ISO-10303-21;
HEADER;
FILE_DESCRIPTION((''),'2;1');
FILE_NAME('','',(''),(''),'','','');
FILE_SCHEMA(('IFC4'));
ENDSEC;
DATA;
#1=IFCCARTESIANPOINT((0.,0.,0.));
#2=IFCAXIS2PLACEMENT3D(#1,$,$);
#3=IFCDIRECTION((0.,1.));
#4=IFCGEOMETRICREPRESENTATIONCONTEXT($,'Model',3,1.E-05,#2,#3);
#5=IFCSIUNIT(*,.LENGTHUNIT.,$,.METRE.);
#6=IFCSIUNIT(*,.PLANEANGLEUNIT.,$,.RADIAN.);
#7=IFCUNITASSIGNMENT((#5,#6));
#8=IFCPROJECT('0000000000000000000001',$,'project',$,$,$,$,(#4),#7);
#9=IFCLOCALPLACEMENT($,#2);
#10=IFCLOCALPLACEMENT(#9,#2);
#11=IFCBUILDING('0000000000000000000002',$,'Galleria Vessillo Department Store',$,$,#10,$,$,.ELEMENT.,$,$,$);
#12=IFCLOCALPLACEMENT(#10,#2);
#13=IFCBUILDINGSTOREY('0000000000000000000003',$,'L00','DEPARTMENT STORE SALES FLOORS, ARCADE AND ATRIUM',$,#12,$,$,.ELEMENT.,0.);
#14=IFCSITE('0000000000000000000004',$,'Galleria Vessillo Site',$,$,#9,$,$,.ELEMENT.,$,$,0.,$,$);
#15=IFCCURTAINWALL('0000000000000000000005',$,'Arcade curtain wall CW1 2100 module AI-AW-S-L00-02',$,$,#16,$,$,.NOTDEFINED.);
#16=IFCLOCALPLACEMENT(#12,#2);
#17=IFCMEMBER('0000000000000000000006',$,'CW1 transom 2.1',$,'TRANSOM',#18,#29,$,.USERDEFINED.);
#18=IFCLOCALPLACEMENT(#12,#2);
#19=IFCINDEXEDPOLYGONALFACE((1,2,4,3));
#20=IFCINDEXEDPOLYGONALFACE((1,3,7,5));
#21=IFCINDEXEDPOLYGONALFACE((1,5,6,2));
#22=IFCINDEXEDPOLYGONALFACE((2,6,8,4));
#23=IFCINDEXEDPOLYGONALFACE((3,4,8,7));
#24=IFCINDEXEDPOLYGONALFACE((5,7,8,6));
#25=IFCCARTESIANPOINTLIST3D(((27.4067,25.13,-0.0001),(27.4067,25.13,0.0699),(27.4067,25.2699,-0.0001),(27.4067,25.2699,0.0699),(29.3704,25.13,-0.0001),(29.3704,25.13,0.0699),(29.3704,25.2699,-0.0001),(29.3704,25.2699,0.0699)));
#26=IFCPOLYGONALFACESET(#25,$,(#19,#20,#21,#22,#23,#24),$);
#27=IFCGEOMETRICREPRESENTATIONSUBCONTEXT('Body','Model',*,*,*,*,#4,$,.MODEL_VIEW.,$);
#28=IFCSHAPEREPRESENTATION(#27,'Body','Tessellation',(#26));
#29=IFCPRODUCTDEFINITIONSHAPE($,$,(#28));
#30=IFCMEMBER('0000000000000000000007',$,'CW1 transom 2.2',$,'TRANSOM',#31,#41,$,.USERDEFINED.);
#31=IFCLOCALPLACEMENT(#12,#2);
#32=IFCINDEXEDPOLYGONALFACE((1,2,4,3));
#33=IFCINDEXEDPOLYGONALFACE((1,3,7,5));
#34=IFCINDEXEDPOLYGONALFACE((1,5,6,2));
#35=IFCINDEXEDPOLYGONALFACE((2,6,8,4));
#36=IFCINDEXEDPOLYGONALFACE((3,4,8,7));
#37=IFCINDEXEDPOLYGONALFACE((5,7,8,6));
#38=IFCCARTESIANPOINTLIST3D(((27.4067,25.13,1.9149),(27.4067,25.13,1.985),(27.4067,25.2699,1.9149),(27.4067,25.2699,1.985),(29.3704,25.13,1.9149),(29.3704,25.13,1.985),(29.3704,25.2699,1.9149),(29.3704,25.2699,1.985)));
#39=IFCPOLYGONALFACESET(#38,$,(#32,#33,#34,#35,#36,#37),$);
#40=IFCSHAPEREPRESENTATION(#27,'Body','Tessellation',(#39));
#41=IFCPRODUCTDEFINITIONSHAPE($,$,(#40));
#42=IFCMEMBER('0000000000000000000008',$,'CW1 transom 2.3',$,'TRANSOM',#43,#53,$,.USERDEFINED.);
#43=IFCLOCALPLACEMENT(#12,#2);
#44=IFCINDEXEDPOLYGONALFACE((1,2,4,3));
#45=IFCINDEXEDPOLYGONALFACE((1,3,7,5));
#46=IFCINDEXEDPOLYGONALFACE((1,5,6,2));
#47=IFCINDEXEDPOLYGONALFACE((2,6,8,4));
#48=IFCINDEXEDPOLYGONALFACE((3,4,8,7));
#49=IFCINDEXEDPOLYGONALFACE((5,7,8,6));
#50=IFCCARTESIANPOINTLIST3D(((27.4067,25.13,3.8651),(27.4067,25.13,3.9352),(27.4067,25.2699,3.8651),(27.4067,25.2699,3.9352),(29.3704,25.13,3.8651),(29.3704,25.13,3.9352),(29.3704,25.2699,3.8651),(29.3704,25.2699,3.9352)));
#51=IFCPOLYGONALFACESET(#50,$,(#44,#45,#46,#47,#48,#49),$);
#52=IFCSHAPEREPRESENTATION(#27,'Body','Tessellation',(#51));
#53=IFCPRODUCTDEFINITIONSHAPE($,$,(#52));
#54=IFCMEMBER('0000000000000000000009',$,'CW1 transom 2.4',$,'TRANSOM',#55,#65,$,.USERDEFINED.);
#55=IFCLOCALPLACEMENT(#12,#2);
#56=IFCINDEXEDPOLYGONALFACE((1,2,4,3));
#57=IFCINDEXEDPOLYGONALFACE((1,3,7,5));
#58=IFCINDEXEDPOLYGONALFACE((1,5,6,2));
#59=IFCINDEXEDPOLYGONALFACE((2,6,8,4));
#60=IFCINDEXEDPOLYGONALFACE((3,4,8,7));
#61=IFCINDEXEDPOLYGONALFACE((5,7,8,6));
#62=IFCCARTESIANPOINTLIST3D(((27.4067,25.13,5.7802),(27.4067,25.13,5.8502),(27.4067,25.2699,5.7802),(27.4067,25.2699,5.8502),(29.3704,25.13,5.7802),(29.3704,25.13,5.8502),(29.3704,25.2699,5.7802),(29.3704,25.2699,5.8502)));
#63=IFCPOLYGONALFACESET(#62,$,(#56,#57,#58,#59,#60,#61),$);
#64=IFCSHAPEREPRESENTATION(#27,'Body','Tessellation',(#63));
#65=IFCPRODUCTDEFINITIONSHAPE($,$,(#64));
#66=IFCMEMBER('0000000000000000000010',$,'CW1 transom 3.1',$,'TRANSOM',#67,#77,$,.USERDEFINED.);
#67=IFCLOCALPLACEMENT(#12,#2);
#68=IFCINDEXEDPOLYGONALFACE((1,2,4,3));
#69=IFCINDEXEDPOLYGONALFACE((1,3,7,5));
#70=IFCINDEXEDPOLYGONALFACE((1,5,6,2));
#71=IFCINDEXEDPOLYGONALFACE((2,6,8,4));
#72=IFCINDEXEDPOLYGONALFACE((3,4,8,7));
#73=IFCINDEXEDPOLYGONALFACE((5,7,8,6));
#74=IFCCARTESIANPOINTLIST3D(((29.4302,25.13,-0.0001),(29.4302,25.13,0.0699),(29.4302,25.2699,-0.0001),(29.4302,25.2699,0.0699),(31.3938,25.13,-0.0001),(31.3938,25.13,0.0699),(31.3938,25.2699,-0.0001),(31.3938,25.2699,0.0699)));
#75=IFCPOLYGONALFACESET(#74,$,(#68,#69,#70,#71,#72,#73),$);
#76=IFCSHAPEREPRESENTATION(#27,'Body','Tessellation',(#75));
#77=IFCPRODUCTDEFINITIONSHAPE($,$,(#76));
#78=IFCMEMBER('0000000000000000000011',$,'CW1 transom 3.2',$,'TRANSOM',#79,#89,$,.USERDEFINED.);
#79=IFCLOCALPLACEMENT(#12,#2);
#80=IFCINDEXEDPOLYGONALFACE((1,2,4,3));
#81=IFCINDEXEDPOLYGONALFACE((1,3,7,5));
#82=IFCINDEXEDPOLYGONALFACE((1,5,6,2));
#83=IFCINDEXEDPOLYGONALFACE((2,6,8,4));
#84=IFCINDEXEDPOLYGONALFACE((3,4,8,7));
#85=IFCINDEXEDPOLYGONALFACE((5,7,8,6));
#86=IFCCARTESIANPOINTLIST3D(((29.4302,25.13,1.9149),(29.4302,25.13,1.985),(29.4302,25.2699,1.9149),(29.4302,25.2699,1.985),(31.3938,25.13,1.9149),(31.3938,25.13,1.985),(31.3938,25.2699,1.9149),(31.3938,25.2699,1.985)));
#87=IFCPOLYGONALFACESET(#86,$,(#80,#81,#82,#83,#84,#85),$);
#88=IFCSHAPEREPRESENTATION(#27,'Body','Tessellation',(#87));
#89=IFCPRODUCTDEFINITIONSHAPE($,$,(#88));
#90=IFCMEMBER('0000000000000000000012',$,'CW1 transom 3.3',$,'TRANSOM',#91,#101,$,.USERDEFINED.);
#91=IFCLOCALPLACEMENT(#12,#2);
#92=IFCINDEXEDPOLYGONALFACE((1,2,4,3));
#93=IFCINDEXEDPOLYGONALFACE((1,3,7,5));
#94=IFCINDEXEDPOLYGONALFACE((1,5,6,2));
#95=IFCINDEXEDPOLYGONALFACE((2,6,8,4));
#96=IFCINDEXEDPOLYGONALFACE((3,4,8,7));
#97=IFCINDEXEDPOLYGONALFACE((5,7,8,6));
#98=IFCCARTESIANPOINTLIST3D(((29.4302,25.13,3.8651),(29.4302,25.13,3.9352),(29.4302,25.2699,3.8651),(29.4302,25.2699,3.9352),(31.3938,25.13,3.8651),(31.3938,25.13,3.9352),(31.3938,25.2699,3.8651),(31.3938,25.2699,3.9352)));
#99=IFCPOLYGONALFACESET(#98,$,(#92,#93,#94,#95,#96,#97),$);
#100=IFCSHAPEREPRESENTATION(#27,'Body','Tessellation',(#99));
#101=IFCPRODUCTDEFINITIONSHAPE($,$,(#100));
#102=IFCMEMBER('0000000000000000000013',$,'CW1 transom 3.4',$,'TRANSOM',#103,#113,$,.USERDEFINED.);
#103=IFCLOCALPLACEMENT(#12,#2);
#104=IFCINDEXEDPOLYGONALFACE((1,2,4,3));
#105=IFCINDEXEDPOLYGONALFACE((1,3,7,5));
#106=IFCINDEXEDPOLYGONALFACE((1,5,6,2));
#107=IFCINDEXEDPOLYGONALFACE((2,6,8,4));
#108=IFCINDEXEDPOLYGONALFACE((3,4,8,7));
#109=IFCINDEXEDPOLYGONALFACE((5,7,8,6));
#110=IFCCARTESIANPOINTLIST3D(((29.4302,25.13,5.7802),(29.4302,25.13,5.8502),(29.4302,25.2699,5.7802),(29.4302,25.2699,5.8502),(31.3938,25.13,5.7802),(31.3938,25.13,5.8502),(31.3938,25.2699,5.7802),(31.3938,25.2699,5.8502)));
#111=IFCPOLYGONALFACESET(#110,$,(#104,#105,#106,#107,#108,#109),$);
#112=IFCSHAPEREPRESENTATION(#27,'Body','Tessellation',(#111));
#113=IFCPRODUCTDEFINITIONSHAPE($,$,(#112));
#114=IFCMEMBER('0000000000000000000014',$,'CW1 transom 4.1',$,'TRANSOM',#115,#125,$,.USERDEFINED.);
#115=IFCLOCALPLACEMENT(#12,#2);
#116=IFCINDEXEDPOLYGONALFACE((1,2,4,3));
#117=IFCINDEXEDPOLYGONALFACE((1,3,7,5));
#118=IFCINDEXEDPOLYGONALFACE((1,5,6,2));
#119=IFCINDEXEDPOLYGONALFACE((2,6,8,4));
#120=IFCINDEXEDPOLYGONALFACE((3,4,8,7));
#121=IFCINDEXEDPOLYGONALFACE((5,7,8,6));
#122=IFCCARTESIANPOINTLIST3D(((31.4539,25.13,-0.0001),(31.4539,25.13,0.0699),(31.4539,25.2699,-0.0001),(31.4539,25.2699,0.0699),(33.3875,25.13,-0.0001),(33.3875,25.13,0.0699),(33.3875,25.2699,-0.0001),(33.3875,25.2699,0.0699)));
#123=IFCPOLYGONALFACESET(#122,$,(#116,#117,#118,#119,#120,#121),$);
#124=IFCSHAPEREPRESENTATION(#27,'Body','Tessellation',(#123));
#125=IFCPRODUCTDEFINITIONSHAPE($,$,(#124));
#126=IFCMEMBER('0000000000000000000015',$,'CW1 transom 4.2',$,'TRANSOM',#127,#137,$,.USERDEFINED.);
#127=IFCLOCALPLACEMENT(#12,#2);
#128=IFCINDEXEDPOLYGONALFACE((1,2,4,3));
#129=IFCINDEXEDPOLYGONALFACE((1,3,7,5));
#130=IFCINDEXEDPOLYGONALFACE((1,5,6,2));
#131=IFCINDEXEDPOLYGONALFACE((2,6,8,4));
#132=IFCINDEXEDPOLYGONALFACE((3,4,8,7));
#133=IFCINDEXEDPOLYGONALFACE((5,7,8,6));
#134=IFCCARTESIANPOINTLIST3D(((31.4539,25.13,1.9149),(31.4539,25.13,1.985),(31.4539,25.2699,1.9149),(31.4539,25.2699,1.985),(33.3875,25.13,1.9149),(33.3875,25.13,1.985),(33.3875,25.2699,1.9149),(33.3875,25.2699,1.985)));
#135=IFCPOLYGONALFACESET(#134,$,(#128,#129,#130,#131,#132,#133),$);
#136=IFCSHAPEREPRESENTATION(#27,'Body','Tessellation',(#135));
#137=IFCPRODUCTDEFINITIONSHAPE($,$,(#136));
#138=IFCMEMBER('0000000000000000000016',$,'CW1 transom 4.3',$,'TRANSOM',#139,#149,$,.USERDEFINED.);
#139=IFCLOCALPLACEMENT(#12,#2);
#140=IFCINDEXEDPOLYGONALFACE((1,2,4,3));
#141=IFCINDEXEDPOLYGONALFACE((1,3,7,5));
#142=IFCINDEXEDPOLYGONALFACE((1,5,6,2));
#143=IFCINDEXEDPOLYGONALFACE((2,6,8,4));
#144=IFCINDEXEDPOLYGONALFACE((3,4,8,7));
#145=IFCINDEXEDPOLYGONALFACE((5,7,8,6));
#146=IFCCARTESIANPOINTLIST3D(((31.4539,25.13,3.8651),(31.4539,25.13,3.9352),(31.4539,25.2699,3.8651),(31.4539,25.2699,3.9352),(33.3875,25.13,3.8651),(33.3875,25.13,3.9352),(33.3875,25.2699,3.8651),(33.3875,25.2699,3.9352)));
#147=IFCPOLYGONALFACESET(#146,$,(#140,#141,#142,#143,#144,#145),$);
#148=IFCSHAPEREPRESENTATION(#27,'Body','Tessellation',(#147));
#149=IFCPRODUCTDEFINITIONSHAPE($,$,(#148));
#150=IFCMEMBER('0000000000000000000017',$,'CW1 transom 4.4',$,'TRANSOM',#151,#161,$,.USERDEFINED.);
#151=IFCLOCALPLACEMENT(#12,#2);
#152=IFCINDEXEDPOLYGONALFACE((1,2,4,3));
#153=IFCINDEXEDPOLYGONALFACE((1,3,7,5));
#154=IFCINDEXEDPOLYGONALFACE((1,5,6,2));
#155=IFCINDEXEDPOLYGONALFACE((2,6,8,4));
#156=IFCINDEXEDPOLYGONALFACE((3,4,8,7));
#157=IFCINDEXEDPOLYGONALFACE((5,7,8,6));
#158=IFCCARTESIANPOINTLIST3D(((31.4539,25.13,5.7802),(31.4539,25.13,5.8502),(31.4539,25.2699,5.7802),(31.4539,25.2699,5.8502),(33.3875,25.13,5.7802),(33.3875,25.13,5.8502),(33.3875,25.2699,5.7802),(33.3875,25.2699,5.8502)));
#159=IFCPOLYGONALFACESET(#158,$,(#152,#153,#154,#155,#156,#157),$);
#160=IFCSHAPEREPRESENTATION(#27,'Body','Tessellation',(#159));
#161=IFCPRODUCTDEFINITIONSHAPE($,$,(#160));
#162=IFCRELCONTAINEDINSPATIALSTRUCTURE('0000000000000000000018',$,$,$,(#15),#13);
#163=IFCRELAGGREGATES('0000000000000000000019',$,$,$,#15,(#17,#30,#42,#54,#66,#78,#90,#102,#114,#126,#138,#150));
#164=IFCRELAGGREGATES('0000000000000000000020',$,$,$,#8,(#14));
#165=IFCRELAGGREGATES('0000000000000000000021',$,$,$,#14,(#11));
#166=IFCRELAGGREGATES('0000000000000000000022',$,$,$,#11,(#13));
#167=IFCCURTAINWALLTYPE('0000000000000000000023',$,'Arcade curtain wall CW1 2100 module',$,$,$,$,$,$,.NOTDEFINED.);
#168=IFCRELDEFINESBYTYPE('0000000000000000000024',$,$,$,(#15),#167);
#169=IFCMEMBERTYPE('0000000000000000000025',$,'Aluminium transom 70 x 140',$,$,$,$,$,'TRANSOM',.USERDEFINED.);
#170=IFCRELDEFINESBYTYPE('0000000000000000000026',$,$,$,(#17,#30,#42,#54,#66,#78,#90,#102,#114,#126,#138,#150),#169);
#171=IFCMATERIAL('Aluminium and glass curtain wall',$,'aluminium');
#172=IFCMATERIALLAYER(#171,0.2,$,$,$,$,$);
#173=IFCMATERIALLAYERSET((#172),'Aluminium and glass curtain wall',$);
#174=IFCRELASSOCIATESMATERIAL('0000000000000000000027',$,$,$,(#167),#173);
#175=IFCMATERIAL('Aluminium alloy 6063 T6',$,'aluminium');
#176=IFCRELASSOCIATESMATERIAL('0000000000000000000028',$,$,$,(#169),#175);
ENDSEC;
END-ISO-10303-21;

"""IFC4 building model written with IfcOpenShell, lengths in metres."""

from ifc_helpers import new_model, si_unit, direction, frame, origin, origin_2d, place, context, subcontext, project, spatial, rectangle, extrude, material, layer, layer_set, material_profile, profile_set, type_object, element, aggregate, save


model = new_model("IFC4")

# Units and contexts
model_context = context("Model", 3, precision=1e-05, world=origin(), true_north=direction((0.0, 1.0)))
body_context = subcontext(model_context, "Body", "Model", "MODEL_VIEW")
ifc_project = project(units=[si_unit("LENGTHUNIT", "METRE"), si_unit("PLANEANGLEUNIT", "RADIAN")], contexts=[model_context])

# Site, building, storey
site_placement = place(None, origin())
site = spatial("IfcSite", under=ifc_project, at=site_placement, Name="Galleria Vessillo Site", CompositionType="ELEMENT", RefElevation=0.0)
building_placement = place(site_placement, origin())
building = spatial("IfcBuilding", under=site, at=building_placement, Name="Galleria Vessillo Department Store", CompositionType="ELEMENT")
storey_placement = place(building_placement, origin())
storey = spatial("IfcBuildingStorey", under=building, at=storey_placement, Name="L00", Description="DEPARTMENT STORE SALES FLOORS, ARCADE AND ATRIUM", CompositionType="ELEMENT", Elevation=0.0)

# Shared definitions
ifc_material_1 = material(Name="Aluminium and glass curtain wall", Category="aluminium")
ifc_layer_1 = layer(ifc_material_1, 0.2)
ifc_layer_set_1 = layer_set([ifc_layer_1], Name="Aluminium and glass curtain wall")
curtain_wall_type = type_object("IfcCurtainWallType", Name="Arcade curtain wall CW1 2100 module", PredefinedType="NOTDEFINED", material=ifc_layer_set_1)

# Curtain wall
curtain_wall_1_placement = place(storey_placement, origin())
curtain_wall_1 = element("IfcCurtainWall", 1, at=curtain_wall_1_placement, inside=storey, type_object=curtain_wall_type, Name="Arcade curtain wall CW1 2100 module AI-AW-S-L00-02", PredefinedType="NOTDEFINED")

# Members
ifc_material_2 = material(Name="Aluminium alloy 6063 T6", Category="aluminium")
ifc_material_profile_1 = material_profile(ifc_material_2, rectangle(XDim=0.1399, YDim=0.0701, at=origin_2d()), Name="AL 70x140")
ifc_profile_set_1 = profile_set([ifc_material_profile_1], Name="Aluminium alloy 6063 T6")
member_type_1 = type_object("IfcMemberType", Name="Aluminium transom 70 x 140", ElementType="TRANSOM", PredefinedType="USERDEFINED", material=ifc_profile_set_1)
member_1_placement = place(storey_placement, frame((27.4067, 25.2, 0.0349), z_axis=(1.0, 0.0, 0.0), x_axis=(0.0, 1.0, 0.0)))
member_1 = element("IfcMember", 2, at=member_1_placement, type_object=member_type_1, Name="CW1 transom 2.1", ObjectType="TRANSOM", PredefinedType="USERDEFINED", context=body_context, shape_type="SweptSolid", body=[
    extrude(rectangle(XDim=0.1399, YDim=0.0701, at=origin_2d()), origin(), (0.0, 0.0, 1.0), 1.9636),
])
member_2_placement = place(storey_placement, frame((27.4067, 25.2, 1.95), z_axis=(1.0, 0.0, 0.0), x_axis=(0.0, 1.0, 0.0)))
member_2 = element("IfcMember", 3, at=member_2_placement, type_object=member_type_1, Name="CW1 transom 2.2", ObjectType="TRANSOM", PredefinedType="USERDEFINED", context=body_context, shape_type="SweptSolid", body=[
    extrude(rectangle(XDim=0.1399, YDim=0.0701, at=origin_2d()), origin(), (0.0, 0.0, 1.0), 1.9636),
])
member_3_placement = place(storey_placement, frame((27.4067, 25.2, 3.9001), z_axis=(1.0, 0.0, 0.0), x_axis=(0.0, 1.0, 0.0)))
member_3 = element("IfcMember", 4, at=member_3_placement, type_object=member_type_1, Name="CW1 transom 2.3", ObjectType="TRANSOM", PredefinedType="USERDEFINED", context=body_context, shape_type="SweptSolid", body=[
    extrude(rectangle(XDim=0.1399, YDim=0.0701, at=origin_2d()), origin(), (0.0, 0.0, 1.0), 1.9636),
])
member_4_placement = place(storey_placement, frame((27.4067, 25.2, 5.8152), z_axis=(1.0, 0.0, 0.0), x_axis=(0.0, 1.0, 0.0)))
member_4 = element("IfcMember", 5, at=member_4_placement, type_object=member_type_1, Name="CW1 transom 2.4", ObjectType="TRANSOM", PredefinedType="USERDEFINED", context=body_context, shape_type="SweptSolid", body=[
    extrude(rectangle(XDim=0.1399, YDim=0.0701, at=origin_2d()), origin(), (0.0, 0.0, 1.0), 1.9636),
])
member_5_placement = place(storey_placement, frame((29.4302, 25.2, 0.0349), z_axis=(1.0, 0.0, 0.0), x_axis=(0.0, 1.0, 0.0)))
member_5 = element("IfcMember", 6, at=member_5_placement, type_object=member_type_1, Name="CW1 transom 3.1", ObjectType="TRANSOM", PredefinedType="USERDEFINED", context=body_context, shape_type="SweptSolid", body=[
    extrude(rectangle(XDim=0.1399, YDim=0.0701, at=origin_2d()), origin(), (0.0, 0.0, 1.0), 1.9636),
])
member_6_placement = place(storey_placement, frame((29.4302, 25.2, 1.95), z_axis=(1.0, 0.0, 0.0), x_axis=(0.0, 1.0, 0.0)))
member_6 = element("IfcMember", 7, at=member_6_placement, type_object=member_type_1, Name="CW1 transom 3.2", ObjectType="TRANSOM", PredefinedType="USERDEFINED", context=body_context, shape_type="SweptSolid", body=[
    extrude(rectangle(XDim=0.1399, YDim=0.0701, at=origin_2d()), origin(), (0.0, 0.0, 1.0), 1.9636),
])
member_7_placement = place(storey_placement, frame((29.4302, 25.2, 3.9001), z_axis=(1.0, 0.0, 0.0), x_axis=(0.0, 1.0, 0.0)))
member_7 = element("IfcMember", 8, at=member_7_placement, type_object=member_type_1, Name="CW1 transom 3.3", ObjectType="TRANSOM", PredefinedType="USERDEFINED", context=body_context, shape_type="SweptSolid", body=[
    extrude(rectangle(XDim=0.1399, YDim=0.0701, at=origin_2d()), origin(), (0.0, 0.0, 1.0), 1.9636),
])
member_8_placement = place(storey_placement, frame((29.4302, 25.2, 5.8152), z_axis=(1.0, 0.0, 0.0), x_axis=(0.0, 1.0, 0.0)))
member_8 = element("IfcMember", 9, at=member_8_placement, type_object=member_type_1, Name="CW1 transom 3.4", ObjectType="TRANSOM", PredefinedType="USERDEFINED", context=body_context, shape_type="SweptSolid", body=[
    extrude(rectangle(XDim=0.1399, YDim=0.0701, at=origin_2d()), origin(), (0.0, 0.0, 1.0), 1.9636),
])
member_9_placement = place(storey_placement, frame((31.4539, 25.2, 0.0349), z_axis=(1.0, 0.0, 0.0), x_axis=(0.0, 1.0, 0.0)))
member_9 = element("IfcMember", 10, at=member_9_placement, type_object=member_type_1, Name="CW1 transom 4.1", ObjectType="TRANSOM", PredefinedType="USERDEFINED", context=body_context, shape_type="SweptSolid", body=[
    extrude(rectangle(XDim=0.1399, YDim=0.0701, at=origin_2d()), origin(), (0.0, 0.0, 1.0), 1.9336),
])
member_10_placement = place(storey_placement, frame((31.4539, 25.2, 1.95), z_axis=(1.0, 0.0, 0.0), x_axis=(0.0, 1.0, 0.0)))
member_10 = element("IfcMember", 11, at=member_10_placement, type_object=member_type_1, Name="CW1 transom 4.2", ObjectType="TRANSOM", PredefinedType="USERDEFINED", context=body_context, shape_type="SweptSolid", body=[
    extrude(rectangle(XDim=0.1399, YDim=0.0701, at=origin_2d()), origin(), (0.0, 0.0, 1.0), 1.9336),
])
member_11_placement = place(storey_placement, frame((31.4539, 25.2, 3.9001), z_axis=(1.0, 0.0, 0.0), x_axis=(0.0, 1.0, 0.0)))
member_11 = element("IfcMember", 12, at=member_11_placement, type_object=member_type_1, Name="CW1 transom 4.3", ObjectType="TRANSOM", PredefinedType="USERDEFINED", context=body_context, shape_type="SweptSolid", body=[
    extrude(rectangle(XDim=0.1399, YDim=0.0701, at=origin_2d()), origin(), (0.0, 0.0, 1.0), 1.9336),
])
member_12_placement = place(storey_placement, frame((31.4539, 25.2, 5.8152), z_axis=(1.0, 0.0, 0.0), x_axis=(0.0, 1.0, 0.0)))
member_12 = element("IfcMember", 13, at=member_12_placement, type_object=member_type_1, Name="CW1 transom 4.4", ObjectType="TRANSOM", PredefinedType="USERDEFINED", context=body_context, shape_type="SweptSolid", body=[
    extrude(rectangle(XDim=0.1399, YDim=0.0701, at=origin_2d()), origin(), (0.0, 0.0, 1.0), 1.9336),
])

aggregate(curtain_wall_1, [member_1, member_2, member_3, member_4, member_5, member_6, member_7, member_8, member_9, member_10, member_11, member_12])

save(model, "model.ifc")
